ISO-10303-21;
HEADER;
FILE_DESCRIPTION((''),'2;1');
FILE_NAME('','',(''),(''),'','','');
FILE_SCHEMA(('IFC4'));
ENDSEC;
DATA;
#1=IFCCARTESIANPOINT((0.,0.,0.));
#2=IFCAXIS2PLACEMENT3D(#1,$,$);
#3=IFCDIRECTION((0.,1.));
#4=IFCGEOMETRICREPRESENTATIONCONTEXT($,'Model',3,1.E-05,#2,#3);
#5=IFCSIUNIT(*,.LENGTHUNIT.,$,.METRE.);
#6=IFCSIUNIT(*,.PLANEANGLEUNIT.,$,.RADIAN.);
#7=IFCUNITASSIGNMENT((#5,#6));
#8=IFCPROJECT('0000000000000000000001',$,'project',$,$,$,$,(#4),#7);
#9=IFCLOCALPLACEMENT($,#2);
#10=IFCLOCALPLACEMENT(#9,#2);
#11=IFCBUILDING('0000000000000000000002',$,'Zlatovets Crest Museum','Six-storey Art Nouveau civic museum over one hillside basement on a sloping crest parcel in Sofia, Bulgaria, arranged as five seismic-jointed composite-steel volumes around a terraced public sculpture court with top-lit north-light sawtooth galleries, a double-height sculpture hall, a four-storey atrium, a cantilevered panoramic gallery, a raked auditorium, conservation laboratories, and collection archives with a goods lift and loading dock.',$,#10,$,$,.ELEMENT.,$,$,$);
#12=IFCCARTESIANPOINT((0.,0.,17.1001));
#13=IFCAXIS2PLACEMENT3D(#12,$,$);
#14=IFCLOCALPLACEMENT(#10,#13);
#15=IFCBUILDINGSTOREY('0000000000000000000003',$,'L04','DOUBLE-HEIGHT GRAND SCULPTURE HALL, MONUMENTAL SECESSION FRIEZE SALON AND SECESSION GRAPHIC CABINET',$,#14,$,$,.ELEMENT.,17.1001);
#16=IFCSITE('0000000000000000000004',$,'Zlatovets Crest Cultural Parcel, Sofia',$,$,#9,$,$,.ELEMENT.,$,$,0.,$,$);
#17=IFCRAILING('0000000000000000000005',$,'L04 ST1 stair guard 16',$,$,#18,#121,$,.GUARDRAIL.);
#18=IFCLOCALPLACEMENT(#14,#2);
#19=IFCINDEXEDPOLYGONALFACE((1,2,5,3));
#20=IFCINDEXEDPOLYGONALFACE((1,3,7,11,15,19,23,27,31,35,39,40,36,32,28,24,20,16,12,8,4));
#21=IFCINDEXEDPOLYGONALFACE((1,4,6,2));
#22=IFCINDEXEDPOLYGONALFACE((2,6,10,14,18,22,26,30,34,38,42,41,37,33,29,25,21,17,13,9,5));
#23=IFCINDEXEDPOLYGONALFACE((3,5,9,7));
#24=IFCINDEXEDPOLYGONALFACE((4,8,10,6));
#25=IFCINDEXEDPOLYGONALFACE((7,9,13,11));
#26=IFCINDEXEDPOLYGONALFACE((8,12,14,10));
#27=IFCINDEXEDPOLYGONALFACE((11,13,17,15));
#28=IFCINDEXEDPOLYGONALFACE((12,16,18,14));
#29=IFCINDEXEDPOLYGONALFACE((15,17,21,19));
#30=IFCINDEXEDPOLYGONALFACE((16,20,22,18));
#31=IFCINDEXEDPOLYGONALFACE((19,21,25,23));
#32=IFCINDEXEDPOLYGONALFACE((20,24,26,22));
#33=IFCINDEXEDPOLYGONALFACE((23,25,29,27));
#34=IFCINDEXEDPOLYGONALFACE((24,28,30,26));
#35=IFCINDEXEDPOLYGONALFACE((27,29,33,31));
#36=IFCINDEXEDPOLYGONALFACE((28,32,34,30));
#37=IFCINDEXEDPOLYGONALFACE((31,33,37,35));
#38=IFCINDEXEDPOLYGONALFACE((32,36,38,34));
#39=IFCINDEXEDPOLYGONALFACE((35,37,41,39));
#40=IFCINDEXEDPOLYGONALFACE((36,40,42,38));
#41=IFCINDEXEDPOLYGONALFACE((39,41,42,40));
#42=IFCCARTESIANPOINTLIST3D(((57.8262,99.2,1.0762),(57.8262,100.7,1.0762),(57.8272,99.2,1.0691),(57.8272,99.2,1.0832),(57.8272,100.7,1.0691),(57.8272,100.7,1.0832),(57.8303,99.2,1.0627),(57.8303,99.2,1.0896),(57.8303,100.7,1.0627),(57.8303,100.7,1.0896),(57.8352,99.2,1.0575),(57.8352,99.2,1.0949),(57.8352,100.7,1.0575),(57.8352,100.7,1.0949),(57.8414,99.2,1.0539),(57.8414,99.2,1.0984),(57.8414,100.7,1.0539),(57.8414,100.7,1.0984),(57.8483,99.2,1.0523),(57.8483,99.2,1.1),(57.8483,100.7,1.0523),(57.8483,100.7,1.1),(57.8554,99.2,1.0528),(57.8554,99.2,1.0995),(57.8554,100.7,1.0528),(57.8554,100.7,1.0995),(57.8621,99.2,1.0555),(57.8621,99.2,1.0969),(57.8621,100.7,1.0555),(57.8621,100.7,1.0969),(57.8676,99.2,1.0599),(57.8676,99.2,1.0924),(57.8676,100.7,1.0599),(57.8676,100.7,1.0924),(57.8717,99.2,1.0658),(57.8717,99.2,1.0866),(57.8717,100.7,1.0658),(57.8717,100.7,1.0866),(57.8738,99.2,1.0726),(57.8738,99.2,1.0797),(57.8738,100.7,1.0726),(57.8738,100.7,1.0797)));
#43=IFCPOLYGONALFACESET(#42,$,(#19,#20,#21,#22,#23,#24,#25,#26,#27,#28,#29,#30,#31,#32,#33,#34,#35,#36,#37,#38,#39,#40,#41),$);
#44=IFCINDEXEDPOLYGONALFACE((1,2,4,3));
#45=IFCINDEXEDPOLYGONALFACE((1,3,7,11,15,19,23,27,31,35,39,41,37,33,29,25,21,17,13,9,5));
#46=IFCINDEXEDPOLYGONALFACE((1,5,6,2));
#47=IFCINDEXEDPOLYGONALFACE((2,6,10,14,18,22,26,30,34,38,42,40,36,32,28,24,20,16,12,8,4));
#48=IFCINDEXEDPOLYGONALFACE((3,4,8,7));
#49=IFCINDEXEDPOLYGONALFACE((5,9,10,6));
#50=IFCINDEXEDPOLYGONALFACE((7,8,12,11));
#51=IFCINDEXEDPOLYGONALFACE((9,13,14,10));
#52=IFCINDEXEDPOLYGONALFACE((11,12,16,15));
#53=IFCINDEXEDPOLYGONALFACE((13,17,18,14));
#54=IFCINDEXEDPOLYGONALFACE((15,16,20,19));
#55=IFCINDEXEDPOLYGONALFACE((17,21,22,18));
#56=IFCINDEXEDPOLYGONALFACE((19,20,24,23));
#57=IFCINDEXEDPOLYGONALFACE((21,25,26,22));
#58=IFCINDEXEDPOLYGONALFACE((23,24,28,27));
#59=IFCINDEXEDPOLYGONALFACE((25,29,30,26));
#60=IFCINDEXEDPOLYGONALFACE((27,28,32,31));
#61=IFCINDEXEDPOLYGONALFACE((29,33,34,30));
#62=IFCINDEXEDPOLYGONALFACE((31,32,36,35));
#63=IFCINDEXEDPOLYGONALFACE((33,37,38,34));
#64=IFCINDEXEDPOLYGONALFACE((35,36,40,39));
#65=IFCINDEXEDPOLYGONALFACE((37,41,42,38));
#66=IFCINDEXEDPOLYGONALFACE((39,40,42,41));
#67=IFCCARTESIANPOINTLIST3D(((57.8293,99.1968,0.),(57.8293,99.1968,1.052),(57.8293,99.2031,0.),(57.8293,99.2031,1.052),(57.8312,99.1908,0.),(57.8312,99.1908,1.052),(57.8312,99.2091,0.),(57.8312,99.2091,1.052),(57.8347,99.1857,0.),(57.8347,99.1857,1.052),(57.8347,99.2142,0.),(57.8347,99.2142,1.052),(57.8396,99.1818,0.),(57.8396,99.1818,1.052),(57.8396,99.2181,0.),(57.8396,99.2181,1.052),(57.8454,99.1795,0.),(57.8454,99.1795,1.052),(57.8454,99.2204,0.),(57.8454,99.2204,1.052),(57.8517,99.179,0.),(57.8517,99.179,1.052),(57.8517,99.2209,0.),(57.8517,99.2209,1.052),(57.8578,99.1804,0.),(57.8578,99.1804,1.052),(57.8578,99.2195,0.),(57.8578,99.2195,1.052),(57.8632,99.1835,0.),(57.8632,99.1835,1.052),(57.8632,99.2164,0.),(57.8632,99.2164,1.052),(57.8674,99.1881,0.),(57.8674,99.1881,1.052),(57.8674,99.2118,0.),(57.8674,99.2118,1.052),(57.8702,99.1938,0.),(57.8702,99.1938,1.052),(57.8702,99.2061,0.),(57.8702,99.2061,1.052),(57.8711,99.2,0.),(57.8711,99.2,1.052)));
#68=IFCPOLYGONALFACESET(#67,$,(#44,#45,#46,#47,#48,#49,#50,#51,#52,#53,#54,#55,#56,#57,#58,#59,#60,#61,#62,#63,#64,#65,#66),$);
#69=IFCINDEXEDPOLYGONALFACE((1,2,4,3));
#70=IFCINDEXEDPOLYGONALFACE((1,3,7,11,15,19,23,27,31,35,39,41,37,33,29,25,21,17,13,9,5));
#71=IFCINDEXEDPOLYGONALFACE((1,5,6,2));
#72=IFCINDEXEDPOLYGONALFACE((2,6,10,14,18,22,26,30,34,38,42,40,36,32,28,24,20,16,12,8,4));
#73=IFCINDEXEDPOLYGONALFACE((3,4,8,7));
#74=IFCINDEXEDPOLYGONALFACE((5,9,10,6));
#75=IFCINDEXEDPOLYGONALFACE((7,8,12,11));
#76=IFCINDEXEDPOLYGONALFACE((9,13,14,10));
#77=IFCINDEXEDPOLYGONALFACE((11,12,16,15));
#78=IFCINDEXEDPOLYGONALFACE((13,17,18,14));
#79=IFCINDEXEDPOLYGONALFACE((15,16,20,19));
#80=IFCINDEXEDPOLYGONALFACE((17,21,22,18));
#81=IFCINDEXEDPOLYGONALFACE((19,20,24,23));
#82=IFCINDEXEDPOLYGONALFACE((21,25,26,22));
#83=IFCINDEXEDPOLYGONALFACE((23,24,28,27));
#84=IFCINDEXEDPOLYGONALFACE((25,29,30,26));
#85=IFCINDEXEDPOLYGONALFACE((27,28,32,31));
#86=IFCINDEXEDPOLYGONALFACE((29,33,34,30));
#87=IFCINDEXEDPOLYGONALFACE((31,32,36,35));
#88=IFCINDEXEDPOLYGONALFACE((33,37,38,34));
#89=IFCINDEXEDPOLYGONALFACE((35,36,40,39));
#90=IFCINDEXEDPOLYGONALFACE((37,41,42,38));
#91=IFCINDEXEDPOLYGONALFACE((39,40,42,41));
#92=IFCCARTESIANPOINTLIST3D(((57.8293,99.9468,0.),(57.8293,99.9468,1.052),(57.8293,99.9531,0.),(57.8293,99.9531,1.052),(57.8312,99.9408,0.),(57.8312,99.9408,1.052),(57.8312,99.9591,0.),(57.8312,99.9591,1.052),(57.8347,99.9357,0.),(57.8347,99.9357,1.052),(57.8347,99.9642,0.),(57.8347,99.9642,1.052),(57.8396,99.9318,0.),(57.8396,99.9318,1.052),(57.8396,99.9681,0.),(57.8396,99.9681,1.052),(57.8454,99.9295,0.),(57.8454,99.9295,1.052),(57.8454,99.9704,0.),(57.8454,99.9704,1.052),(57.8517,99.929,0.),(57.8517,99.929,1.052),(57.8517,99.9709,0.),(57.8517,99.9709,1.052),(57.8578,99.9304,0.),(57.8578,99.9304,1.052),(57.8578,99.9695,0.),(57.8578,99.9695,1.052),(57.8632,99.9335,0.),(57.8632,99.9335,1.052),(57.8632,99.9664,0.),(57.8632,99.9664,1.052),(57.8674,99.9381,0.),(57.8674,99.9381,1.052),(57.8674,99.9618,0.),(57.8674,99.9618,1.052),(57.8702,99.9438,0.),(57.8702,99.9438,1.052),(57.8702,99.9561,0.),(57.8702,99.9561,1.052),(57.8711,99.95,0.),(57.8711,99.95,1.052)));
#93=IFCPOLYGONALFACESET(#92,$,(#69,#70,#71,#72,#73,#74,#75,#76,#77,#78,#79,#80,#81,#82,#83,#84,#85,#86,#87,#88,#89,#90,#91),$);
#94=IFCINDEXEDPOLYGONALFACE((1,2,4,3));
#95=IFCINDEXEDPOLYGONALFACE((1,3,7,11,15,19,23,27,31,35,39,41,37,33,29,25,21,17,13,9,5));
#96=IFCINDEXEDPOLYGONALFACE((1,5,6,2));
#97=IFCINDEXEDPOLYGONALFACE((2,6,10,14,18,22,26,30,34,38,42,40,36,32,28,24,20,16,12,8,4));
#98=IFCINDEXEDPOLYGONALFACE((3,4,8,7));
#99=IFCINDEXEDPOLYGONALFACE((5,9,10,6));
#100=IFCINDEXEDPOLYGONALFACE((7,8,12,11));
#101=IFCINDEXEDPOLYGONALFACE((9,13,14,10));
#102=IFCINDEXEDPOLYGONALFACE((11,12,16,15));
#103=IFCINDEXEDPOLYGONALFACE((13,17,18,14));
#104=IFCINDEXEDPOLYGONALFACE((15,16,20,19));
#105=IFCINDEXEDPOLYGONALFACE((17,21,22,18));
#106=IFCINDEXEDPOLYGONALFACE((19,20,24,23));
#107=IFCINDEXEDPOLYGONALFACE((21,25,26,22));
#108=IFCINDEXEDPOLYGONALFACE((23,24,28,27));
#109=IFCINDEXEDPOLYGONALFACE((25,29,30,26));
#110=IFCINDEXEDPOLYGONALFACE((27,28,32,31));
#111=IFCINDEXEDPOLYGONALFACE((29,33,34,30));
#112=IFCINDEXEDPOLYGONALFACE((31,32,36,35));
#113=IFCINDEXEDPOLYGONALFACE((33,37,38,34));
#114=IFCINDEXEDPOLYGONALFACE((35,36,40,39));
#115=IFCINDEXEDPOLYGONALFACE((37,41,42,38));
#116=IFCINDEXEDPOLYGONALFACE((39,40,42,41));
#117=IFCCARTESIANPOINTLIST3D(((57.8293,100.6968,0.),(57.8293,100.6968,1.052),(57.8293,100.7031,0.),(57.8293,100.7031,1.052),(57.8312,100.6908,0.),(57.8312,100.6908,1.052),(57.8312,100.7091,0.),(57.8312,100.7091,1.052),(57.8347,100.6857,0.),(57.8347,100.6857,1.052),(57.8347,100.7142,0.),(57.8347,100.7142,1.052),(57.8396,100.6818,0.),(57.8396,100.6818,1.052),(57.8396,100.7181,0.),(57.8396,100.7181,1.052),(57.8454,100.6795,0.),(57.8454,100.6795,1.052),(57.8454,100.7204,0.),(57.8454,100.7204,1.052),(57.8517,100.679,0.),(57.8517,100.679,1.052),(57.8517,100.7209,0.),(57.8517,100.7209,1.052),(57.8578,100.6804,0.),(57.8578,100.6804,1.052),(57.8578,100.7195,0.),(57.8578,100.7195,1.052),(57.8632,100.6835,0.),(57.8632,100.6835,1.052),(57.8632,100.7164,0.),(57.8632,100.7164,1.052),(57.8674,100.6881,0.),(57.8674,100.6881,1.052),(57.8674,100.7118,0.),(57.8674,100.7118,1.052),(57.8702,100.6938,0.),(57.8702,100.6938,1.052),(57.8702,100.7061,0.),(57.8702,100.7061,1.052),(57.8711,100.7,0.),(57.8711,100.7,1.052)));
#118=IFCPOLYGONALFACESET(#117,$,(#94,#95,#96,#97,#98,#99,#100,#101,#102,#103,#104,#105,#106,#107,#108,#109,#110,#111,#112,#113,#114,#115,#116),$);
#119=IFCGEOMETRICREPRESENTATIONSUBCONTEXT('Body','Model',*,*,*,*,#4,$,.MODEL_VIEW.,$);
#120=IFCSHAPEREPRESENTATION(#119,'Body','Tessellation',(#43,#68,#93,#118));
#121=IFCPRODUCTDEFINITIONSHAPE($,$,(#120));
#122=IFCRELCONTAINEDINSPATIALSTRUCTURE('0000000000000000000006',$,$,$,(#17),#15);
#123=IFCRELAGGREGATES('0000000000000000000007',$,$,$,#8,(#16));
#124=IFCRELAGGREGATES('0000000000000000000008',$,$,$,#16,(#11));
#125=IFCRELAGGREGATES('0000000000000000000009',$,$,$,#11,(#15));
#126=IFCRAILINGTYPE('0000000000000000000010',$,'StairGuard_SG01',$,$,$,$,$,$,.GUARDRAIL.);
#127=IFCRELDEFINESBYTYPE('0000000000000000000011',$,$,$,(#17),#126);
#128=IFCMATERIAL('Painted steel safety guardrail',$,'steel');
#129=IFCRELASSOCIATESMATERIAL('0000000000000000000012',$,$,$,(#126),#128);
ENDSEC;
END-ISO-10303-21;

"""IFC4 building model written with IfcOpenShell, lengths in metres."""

from ifc_helpers import new_model, si_unit, direction, frame, origin, origin_2d, place, context, subcontext, project, spatial, circle, extrude, material, type_object, element, save


model = new_model("IFC4")

# Units and contexts
model_context = context("Model", 3, precision=1e-05, world=origin(), true_north=direction((0.0, 1.0)))
body_context = subcontext(model_context, "Body", "Model", "MODEL_VIEW")
ifc_project = project(units=[si_unit("LENGTHUNIT", "METRE"), si_unit("PLANEANGLEUNIT", "RADIAN")], contexts=[model_context])

# Site, building, storey
site_placement = place(None, origin())
site = spatial("IfcSite", under=ifc_project, at=site_placement, Name="Zlatovets Crest Cultural Parcel, Sofia", CompositionType="ELEMENT", RefElevation=0.0)
building_placement = place(site_placement, origin())
building = spatial("IfcBuilding", under=site, at=building_placement, Name="Zlatovets Crest Museum", Description="Six-storey Art Nouveau civic museum over one hillside basement on a sloping crest parcel in Sofia, Bulgaria, arranged as five seismic-jointed composite-steel volumes around a terraced public sculpture court with top-lit north-light sawtooth galleries, a double-height sculpture hall, a four-storey atrium, a cantilevered panoramic gallery, a raked auditorium, conservation laboratories, and collection archives with a goods lift and loading dock.", CompositionType="ELEMENT")
storey_placement = place(building_placement, frame((0.0, 0.0, 17.1001)))
storey = spatial("IfcBuildingStorey", under=building, at=storey_placement, Name="L04", Description="DOUBLE-HEIGHT GRAND SCULPTURE HALL, MONUMENTAL SECESSION FRIEZE SALON AND SECESSION GRAPHIC CABINET", CompositionType="ELEMENT", Elevation=17.1001)

# Railing
ifc_material_1 = material(Name="Painted steel safety guardrail", Category="steel")
railing_type = type_object("IfcRailingType", Name="StairGuard_SG01", PredefinedType="GUARDRAIL", material=ifc_material_1)
for number, where, name in (
    (1, (57.8501, 99.2, 0.0), "L04 ST1 stair guard 16"),
):
    element("IfcRailing", number, at=place(storey_placement, frame(where)), inside=storey, type_object=railing_type, Name=name, PredefinedType="GUARDRAIL", context=body_context, shape_type="SweptSolid", body=[
        extrude(circle(Radius=0.0239, at=origin_2d()), frame((0.0, 0.0, 1.0762), z_axis=(0.0, 1.0, 0.0), x_axis=(-1.0, 0.0, 0.0)), (0.0, 0.0, 1.0), 1.5),
        extrude(circle(Radius=0.021, at=origin_2d()), origin(), (0.0, 0.0, 1.0), 1.052),
        extrude(circle(Radius=0.021, at=origin_2d()), frame((0.0, 0.75, 0.0)), (0.0, 0.0, 1.0), 1.052),
        extrude(circle(Radius=0.021, at=origin_2d()), frame((0.0, 1.5, 0.0)), (0.0, 0.0, 1.0), 1.052),
    ])

save(model, "model.ifc")
